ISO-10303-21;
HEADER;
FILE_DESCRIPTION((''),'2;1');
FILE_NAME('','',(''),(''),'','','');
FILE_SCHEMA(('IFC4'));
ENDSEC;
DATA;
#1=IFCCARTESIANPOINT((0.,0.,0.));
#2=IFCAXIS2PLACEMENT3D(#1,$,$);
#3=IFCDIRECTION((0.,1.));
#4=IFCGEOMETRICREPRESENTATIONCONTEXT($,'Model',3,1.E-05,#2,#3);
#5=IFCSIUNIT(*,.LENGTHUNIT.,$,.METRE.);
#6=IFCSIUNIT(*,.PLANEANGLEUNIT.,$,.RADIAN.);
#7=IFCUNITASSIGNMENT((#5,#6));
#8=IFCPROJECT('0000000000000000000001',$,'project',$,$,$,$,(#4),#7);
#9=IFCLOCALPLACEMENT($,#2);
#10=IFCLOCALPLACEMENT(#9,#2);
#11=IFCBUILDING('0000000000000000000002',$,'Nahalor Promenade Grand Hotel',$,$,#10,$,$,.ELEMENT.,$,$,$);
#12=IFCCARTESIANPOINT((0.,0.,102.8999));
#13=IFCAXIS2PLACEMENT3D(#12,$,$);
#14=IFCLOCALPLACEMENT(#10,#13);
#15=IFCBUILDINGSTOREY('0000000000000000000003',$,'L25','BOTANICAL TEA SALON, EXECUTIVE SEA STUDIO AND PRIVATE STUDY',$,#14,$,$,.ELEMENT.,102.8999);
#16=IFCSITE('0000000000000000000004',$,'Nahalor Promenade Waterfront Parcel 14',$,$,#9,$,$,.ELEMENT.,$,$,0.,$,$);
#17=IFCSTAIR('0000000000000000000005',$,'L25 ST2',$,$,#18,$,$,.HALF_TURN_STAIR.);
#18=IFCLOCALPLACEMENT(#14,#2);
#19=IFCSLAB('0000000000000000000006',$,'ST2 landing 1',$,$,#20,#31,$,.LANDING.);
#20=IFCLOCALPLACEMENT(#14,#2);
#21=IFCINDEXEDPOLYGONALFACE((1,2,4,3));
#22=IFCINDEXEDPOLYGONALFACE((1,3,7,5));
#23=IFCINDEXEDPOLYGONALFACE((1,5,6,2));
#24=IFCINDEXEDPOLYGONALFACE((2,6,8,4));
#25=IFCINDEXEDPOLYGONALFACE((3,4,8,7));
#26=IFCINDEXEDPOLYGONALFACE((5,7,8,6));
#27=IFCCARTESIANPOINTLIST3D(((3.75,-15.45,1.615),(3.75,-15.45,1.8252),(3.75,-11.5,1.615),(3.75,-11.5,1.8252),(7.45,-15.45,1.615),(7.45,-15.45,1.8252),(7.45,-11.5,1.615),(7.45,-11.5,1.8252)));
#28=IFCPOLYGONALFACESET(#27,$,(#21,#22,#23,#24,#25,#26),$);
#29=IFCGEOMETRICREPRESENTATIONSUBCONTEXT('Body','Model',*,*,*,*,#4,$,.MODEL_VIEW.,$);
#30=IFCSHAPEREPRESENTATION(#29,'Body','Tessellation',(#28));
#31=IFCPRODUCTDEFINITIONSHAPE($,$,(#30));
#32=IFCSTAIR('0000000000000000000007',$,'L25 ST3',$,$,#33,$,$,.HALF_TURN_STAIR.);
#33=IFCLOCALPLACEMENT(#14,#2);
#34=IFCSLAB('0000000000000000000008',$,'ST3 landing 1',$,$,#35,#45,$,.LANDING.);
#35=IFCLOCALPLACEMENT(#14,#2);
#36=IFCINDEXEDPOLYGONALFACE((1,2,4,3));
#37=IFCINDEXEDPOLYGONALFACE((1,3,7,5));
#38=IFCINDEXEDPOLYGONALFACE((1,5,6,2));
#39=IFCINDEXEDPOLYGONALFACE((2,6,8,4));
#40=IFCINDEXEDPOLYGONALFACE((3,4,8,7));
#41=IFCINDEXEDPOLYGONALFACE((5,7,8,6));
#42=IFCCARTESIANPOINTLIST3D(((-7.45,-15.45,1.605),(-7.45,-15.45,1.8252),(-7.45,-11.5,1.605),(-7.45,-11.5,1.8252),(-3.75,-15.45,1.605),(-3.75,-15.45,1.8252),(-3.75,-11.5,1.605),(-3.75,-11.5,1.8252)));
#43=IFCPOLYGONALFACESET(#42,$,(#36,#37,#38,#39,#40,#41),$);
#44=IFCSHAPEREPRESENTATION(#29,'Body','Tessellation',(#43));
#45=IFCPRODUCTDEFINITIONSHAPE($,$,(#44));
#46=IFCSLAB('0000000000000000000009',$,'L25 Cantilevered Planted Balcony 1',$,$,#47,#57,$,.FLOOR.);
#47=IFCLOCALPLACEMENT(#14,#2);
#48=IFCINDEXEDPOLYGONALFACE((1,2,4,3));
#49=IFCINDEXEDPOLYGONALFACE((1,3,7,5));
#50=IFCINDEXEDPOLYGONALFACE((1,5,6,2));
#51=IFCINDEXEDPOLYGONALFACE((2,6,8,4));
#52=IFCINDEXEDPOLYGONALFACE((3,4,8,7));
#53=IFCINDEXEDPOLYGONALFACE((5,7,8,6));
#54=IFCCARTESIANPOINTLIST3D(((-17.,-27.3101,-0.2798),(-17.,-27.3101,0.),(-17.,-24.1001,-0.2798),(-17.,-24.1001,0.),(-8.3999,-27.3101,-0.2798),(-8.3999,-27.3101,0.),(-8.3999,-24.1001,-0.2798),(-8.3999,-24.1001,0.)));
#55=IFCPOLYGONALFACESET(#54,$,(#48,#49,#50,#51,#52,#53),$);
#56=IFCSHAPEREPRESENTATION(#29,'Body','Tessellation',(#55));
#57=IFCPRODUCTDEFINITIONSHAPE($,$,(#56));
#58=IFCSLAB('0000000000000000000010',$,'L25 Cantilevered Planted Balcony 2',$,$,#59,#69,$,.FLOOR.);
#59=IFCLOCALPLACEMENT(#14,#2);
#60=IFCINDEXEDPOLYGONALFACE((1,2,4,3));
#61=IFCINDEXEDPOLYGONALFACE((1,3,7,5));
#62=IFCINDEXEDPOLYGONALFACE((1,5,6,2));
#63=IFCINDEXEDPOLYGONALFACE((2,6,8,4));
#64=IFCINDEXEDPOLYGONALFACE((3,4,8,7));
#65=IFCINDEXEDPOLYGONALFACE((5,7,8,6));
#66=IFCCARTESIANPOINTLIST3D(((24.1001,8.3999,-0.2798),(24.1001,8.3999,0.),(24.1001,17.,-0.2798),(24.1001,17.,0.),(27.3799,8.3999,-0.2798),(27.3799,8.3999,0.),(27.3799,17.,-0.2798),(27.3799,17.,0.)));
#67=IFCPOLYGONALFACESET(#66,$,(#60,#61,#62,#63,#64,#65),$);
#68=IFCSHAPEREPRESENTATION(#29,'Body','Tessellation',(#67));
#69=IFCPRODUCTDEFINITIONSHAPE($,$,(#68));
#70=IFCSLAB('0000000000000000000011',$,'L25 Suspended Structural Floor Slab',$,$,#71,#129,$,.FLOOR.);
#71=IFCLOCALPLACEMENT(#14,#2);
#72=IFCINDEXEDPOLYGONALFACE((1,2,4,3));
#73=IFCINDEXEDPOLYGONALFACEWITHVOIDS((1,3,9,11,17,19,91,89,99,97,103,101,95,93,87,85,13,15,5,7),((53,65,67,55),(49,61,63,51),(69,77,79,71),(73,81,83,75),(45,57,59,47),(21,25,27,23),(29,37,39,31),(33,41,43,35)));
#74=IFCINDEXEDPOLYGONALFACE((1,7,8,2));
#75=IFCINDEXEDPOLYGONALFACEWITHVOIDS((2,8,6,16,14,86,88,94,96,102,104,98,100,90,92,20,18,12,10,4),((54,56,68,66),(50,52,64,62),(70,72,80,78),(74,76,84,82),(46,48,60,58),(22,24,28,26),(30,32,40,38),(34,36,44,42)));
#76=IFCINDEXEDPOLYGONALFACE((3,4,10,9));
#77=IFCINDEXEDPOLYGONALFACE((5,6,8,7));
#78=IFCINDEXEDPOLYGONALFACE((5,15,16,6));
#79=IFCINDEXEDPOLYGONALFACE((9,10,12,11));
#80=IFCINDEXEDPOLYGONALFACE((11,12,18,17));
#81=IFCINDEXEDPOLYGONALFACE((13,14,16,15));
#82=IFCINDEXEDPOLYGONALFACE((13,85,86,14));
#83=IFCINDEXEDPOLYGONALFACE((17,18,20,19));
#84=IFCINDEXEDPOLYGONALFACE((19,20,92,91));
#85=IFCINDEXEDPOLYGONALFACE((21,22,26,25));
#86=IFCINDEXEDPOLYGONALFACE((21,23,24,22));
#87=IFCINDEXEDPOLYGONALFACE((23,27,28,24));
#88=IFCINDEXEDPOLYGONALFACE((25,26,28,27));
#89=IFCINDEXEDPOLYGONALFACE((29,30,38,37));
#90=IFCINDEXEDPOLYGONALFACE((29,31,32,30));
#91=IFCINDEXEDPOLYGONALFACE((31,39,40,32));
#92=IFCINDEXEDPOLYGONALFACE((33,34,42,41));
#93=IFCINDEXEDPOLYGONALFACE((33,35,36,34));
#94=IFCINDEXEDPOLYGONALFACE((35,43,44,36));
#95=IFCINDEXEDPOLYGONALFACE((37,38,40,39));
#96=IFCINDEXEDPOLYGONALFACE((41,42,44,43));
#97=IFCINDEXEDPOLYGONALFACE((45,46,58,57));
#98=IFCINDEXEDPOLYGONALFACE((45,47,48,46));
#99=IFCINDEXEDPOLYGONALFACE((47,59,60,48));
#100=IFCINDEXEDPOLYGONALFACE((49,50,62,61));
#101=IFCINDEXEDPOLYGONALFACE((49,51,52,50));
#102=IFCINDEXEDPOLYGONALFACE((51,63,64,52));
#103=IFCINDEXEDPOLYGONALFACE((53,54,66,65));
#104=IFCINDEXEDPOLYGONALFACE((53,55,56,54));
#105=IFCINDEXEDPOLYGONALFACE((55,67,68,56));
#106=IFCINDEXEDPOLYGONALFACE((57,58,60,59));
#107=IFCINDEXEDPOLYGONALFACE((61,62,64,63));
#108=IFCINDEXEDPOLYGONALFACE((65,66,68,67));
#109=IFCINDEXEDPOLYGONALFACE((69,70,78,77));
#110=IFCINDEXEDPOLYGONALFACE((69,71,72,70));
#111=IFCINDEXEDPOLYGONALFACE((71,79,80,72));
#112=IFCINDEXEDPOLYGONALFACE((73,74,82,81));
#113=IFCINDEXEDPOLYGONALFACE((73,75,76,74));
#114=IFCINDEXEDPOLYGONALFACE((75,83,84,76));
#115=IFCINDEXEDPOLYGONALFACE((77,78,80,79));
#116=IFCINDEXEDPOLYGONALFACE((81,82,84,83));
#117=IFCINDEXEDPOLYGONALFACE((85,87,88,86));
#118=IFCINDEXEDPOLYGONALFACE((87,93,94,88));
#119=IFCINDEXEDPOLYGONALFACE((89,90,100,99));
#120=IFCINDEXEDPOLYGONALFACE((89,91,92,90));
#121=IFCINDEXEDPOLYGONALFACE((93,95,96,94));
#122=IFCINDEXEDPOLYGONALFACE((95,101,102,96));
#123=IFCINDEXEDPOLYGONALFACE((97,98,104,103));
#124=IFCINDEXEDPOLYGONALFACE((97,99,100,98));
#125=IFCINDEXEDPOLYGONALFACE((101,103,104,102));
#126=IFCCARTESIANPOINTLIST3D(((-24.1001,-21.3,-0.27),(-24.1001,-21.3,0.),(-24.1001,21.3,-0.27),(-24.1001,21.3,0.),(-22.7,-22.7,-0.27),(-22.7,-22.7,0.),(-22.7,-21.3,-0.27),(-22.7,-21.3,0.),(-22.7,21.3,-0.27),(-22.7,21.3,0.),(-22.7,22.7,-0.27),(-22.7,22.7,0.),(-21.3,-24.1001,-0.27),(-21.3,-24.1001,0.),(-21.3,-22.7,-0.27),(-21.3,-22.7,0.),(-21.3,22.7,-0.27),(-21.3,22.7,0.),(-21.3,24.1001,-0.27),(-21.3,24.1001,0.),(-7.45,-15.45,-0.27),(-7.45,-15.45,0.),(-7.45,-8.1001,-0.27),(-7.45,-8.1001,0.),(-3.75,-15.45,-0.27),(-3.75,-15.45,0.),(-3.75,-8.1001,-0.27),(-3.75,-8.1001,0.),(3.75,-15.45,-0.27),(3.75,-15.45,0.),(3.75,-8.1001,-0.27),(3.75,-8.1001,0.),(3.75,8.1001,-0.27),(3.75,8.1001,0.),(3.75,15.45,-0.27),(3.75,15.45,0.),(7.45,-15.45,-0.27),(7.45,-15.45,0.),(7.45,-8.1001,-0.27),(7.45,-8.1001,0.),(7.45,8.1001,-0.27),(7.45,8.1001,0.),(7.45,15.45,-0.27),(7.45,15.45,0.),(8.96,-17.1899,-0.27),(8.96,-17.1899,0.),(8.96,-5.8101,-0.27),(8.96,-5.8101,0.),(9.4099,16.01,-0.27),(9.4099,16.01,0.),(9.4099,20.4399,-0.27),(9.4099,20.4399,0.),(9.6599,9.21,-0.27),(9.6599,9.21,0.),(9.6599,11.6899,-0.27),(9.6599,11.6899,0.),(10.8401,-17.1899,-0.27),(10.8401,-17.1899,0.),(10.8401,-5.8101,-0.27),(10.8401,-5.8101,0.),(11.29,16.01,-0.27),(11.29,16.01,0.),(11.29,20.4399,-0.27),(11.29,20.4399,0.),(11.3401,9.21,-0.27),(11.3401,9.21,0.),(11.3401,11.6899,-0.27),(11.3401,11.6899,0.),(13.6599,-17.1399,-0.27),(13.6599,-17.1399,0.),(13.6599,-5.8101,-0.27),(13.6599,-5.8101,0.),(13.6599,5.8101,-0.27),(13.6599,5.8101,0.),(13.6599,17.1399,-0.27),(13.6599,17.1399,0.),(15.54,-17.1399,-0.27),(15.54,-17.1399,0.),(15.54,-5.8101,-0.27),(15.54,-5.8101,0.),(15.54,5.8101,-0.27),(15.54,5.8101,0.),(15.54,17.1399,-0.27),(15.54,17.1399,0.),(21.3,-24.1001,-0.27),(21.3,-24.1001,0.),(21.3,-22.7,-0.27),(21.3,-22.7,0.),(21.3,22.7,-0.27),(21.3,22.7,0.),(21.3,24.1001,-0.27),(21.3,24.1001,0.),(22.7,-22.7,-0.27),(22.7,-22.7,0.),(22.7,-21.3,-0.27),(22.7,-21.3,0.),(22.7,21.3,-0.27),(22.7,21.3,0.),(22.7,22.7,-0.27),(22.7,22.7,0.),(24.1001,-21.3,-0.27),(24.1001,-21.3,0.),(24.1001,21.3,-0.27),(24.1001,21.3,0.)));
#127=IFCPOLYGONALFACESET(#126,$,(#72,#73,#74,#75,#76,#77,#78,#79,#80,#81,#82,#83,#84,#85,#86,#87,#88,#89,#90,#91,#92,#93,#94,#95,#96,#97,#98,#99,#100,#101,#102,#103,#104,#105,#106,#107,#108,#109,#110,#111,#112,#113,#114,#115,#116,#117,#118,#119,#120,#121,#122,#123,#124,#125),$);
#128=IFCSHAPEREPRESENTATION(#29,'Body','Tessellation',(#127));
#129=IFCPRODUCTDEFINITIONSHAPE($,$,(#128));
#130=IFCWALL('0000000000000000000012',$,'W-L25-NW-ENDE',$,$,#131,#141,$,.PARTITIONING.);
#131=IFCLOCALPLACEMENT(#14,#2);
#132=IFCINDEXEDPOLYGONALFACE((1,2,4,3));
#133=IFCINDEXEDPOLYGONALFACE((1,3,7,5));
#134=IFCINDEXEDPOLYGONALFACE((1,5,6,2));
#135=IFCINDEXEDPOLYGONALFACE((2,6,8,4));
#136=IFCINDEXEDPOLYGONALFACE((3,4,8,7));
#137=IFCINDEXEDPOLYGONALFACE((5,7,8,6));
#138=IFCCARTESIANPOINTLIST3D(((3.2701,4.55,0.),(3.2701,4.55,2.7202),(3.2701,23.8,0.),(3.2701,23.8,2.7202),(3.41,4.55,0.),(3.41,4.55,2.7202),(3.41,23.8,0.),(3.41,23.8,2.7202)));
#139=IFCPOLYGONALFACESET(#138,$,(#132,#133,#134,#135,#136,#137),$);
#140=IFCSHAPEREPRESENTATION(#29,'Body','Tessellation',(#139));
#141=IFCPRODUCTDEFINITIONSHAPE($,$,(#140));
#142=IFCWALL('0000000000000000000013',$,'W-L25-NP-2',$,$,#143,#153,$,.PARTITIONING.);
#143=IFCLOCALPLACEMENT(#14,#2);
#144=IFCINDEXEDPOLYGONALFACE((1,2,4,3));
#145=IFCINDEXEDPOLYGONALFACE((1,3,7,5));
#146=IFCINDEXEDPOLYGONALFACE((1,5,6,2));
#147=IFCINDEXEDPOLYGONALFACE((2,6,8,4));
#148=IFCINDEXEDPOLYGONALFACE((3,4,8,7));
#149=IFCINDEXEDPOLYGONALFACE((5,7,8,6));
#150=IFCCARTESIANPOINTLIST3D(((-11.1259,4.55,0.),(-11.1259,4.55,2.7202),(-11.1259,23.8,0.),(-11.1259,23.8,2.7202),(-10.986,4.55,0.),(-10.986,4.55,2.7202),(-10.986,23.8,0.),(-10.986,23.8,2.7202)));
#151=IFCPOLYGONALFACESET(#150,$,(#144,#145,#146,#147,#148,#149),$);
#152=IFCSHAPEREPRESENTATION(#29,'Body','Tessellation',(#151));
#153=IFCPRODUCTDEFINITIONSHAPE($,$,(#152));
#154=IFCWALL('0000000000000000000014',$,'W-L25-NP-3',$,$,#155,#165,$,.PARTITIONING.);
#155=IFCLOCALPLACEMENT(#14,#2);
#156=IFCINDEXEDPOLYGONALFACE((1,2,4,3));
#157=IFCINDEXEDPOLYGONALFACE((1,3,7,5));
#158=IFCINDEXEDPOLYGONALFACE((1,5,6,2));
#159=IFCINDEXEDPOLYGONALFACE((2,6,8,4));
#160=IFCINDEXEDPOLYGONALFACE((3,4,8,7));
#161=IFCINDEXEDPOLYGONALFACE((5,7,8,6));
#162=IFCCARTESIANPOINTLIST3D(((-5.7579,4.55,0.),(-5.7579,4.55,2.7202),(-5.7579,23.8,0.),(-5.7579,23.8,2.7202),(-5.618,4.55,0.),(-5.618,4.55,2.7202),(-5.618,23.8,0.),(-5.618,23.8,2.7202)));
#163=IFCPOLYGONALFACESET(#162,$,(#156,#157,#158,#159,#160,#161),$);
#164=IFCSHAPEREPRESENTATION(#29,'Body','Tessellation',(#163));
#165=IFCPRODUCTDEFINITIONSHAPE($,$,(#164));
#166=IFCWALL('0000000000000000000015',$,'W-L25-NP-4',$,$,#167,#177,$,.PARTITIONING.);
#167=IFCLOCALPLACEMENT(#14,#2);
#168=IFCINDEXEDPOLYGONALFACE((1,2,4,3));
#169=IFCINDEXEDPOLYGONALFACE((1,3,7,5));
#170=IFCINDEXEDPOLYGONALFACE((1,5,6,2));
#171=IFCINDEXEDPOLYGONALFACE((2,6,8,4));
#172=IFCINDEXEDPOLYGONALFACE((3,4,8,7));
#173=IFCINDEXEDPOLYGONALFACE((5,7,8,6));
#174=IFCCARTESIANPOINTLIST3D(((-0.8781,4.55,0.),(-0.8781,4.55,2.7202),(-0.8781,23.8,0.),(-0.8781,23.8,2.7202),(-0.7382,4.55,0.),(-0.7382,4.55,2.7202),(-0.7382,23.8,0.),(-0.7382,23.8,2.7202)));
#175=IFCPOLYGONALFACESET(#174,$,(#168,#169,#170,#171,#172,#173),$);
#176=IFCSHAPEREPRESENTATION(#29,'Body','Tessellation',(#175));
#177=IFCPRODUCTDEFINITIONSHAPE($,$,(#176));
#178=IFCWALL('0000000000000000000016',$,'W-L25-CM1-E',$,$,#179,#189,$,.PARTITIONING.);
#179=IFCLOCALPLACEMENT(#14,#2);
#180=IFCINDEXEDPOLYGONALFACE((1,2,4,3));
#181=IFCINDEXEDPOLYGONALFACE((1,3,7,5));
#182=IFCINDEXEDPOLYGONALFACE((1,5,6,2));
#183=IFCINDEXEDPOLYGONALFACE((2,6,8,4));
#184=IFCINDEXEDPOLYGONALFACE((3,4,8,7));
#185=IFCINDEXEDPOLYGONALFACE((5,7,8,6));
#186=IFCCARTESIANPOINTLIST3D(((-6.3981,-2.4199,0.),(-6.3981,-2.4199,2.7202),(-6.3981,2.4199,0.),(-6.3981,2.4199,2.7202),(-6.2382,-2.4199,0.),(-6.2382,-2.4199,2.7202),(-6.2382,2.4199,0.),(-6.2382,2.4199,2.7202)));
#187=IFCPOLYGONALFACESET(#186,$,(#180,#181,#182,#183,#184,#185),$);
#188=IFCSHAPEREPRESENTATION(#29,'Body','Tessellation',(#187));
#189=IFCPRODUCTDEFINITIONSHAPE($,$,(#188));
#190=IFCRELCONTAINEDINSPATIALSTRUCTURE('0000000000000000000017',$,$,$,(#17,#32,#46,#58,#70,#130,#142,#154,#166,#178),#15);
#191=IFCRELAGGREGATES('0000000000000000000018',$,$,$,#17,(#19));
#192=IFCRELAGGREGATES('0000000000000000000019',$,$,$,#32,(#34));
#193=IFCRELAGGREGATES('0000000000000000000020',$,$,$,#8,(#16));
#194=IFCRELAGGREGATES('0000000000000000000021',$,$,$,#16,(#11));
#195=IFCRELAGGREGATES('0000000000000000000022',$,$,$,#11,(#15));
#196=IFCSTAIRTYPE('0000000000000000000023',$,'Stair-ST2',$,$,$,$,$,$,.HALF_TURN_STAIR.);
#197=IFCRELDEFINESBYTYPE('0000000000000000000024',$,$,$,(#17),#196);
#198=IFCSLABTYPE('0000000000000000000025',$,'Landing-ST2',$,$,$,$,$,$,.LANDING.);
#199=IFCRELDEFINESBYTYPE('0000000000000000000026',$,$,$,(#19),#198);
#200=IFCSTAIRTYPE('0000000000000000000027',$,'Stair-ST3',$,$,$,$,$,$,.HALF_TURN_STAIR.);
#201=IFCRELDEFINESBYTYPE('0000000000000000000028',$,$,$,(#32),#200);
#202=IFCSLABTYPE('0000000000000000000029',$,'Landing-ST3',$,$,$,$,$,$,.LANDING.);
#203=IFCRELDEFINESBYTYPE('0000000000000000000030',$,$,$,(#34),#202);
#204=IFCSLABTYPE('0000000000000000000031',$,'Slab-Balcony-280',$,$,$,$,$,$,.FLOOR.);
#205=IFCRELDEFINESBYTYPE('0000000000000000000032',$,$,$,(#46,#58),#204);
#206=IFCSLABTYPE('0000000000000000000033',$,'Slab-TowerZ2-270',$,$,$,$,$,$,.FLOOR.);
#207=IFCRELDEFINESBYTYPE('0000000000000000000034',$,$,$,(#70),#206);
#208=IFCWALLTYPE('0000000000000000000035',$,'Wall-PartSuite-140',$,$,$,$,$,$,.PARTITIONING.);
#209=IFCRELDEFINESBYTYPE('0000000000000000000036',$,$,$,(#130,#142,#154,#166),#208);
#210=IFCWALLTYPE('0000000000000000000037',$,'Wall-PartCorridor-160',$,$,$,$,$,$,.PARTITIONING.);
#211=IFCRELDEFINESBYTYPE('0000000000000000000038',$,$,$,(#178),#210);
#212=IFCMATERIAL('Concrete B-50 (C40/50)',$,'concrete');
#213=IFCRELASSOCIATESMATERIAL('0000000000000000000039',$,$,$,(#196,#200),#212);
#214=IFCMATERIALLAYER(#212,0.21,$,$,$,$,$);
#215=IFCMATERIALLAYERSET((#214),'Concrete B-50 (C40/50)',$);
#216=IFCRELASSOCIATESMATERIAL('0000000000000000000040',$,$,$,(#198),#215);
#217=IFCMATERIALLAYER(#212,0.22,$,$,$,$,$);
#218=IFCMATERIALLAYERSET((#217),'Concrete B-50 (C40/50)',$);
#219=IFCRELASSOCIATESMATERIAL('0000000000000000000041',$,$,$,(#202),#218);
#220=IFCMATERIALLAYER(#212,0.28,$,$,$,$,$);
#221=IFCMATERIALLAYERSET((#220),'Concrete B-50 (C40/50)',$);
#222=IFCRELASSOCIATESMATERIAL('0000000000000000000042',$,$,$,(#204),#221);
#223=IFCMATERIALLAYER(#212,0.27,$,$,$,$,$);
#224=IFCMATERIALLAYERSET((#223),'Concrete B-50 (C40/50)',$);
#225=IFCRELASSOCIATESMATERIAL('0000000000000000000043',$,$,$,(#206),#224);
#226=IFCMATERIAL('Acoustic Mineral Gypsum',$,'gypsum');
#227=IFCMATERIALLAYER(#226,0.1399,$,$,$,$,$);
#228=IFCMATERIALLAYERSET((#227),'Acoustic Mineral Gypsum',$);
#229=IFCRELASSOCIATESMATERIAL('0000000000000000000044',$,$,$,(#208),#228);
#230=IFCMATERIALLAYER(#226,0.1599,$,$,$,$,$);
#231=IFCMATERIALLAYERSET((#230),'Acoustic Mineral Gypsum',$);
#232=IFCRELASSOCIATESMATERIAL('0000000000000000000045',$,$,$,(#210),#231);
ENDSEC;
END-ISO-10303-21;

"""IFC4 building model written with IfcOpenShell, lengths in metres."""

from ifc_helpers import new_model, si_unit, direction, frame, frame_2d, origin, place, context, subcontext, project, spatial, polyline, rectangle, outline, extrude, source, transform, mapped, material, layer, layer_set, type_object, element, aggregate, save


model = new_model("IFC4")

# Units and contexts
model_context = context("Model", 3, precision=1e-05, world=origin(), true_north=direction((0.0, 1.0)))
body_context = subcontext(model_context, "Body", "Model", "MODEL_VIEW")
ifc_project = project(units=[si_unit("LENGTHUNIT", "METRE"), si_unit("PLANEANGLEUNIT", "RADIAN")], contexts=[model_context])

# Site, building, storey
site_placement = place(None, origin())
site = spatial("IfcSite", under=ifc_project, at=site_placement, Name="Nahalor Promenade Waterfront Parcel 14", CompositionType="ELEMENT", RefElevation=0.0)
building_placement = place(site_placement, origin())
building = spatial("IfcBuilding", under=site, at=building_placement, Name="Nahalor Promenade Grand Hotel", CompositionType="ELEMENT")
storey_placement = place(building_placement, frame((0.0, 0.0, 102.8999)))
storey = spatial("IfcBuildingStorey", under=building, at=storey_placement, Name="L25", Description="BOTANICAL TEA SALON, EXECUTIVE SEA STUDIO AND PRIVATE STUDY", CompositionType="ELEMENT", Elevation=102.8999)

# Stairs, slabs
ifc_material_1 = material(Name="Concrete B-50 (C40/50)", Category="concrete")
stair_type_1 = type_object("IfcStairType", Name="Stair-ST2", PredefinedType="HALF_TURN_STAIR", material=ifc_material_1)
stair_1_placement = place(storey_placement, origin())
stair_1 = element("IfcStair", 1, at=stair_1_placement, inside=storey, type_object=stair_type_1, Name="L25 ST2", PredefinedType="HALF_TURN_STAIR")
ifc_layer_1 = layer(ifc_material_1, 0.21)
ifc_layer_set_1 = layer_set([ifc_layer_1], Name="Concrete B-50 (C40/50)")
slab_type_1 = type_object("IfcSlabType", Name="Landing-ST2", PredefinedType="LANDING", material=ifc_layer_set_1)
slab_1_placement = place(storey_placement, frame((0.0, 0.0, 1.615)))
slab_1 = element("IfcSlab", 2, at=slab_1_placement, type_object=slab_type_1, Name="ST2 landing 1", PredefinedType="LANDING", context=body_context, shape_type="SweptSolid", body=[
    extrude(outline(polyline([(3.75, -11.5), (3.75, -15.45), (7.45, -15.45), (7.45, -11.5), (3.75, -11.5)])), origin(), (0.0, 0.0, 1.0), 0.2102),
])
aggregate(stair_1, [slab_1])
stair_type_2 = type_object("IfcStairType", Name="Stair-ST3", PredefinedType="HALF_TURN_STAIR", material=ifc_material_1)
stair_2_placement = place(storey_placement, origin())
stair_2 = element("IfcStair", 3, at=stair_2_placement, inside=storey, type_object=stair_type_2, Name="L25 ST3", PredefinedType="HALF_TURN_STAIR")
ifc_layer_2 = layer(ifc_material_1, 0.22)
ifc_layer_set_2 = layer_set([ifc_layer_2], Name="Concrete B-50 (C40/50)")
slab_type_2 = type_object("IfcSlabType", Name="Landing-ST3", PredefinedType="LANDING", material=ifc_layer_set_2)
slab_2_placement = place(storey_placement, frame((0.0, 0.0, 1.605)))
slab_2 = element("IfcSlab", 4, at=slab_2_placement, type_object=slab_type_2, Name="ST3 landing 1", PredefinedType="LANDING", context=body_context, shape_type="SweptSolid", body=[
    extrude(outline(polyline([(-7.45, -11.5), (-7.45, -15.45), (-3.75, -15.45), (-3.75, -11.5), (-7.45, -11.5)])), origin(), (0.0, 0.0, 1.0), 0.2202),
])
aggregate(stair_2, [slab_2])

# Slabs
ifc_layer_3 = layer(ifc_material_1, 0.28)
ifc_layer_set_3 = layer_set([ifc_layer_3], Name="Concrete B-50 (C40/50)")
slab_type_3 = type_object("IfcSlabType", Name="Slab-Balcony-280", PredefinedType="FLOOR", material=ifc_layer_set_3)
slab_3_placement = place(storey_placement, frame((0.0, 0.0, -0.2798)))
element("IfcSlab", 5, at=slab_3_placement, inside=storey, type_object=slab_type_3, Name="L25 Cantilevered Planted Balcony 1", PredefinedType="FLOOR", context=body_context, shape_type="SweptSolid", body=[
    extrude(outline(polyline([(-17.0, -27.3101), (-8.3999, -27.3101), (-8.3999, -24.1001), (-17.0, -24.1001), (-17.0, -27.3101)])), origin(), (0.0, 0.0, 1.0), 0.2798),
])
slab_4_placement = place(storey_placement, frame((0.0, 0.0, -0.2798)))
element("IfcSlab", 6, at=slab_4_placement, inside=storey, type_object=slab_type_3, Name="L25 Cantilevered Planted Balcony 2", PredefinedType="FLOOR", context=body_context, shape_type="SweptSolid", body=[
    extrude(outline(polyline([(24.1001, 8.3999), (27.3799, 8.3999), (27.3799, 17.0), (24.1001, 17.0), (24.1001, 8.3999)])), origin(), (0.0, 0.0, 1.0), 0.2798),
])
ifc_layer_4 = layer(ifc_material_1, 0.27)
ifc_layer_set_4 = layer_set([ifc_layer_4], Name="Concrete B-50 (C40/50)")
slab_type_4 = type_object("IfcSlabType", Name="Slab-TowerZ2-270", PredefinedType="FLOOR", material=ifc_layer_set_4)
slab_5_placement = place(storey_placement, frame((0.0, 0.0, -0.27)))
element("IfcSlab", 7, at=slab_5_placement, inside=storey, type_object=slab_type_4, Name="L25 Suspended Structural Floor Slab", PredefinedType="FLOOR", context=body_context, shape_type="SweptSolid", body=[
    extrude(outline(polyline([(-21.3, -24.1001), (21.3, -24.1001), (21.3, -22.7), (22.7, -22.7), (22.7, -21.3), (24.1001, -21.3), (24.1001, 21.3), (22.7, 21.3), (22.7, 22.7), (21.3, 22.7), (21.3, 24.1001), (-21.3, 24.1001), (-21.3, 22.7), (-22.7, 22.7), (-22.7, 21.3), (-24.1001, 21.3), (-24.1001, -21.3), (-22.7, -21.3), (-22.7, -22.7), (-21.3, -22.7), (-21.3, -24.1001)]), holes=[polyline([(3.75, 8.1001), (7.45, 8.1001), (7.45, 15.45), (3.75, 15.45), (3.75, 8.1001)]), polyline([(3.75, -15.45), (7.45, -15.45), (7.45, -8.1001), (3.75, -8.1001), (3.75, -15.45)]), polyline([(-7.45, -15.45), (-3.75, -15.45), (-3.75, -8.1001), (-7.45, -8.1001), (-7.45, -15.45)]), polyline([(13.6599, 5.8101), (15.54, 5.8101), (15.54, 17.1399), (13.6599, 17.1399), (13.6599, 5.8101)]), polyline([(13.6599, -17.1399), (15.54, -17.1399), (15.54, -5.8101), (13.6599, -5.8101), (13.6599, -17.1399)]), polyline([(8.96, -17.1899), (10.8401, -17.1899), (10.8401, -5.8101), (8.96, -5.8101), (8.96, -17.1899)]), polyline([(9.4099, 16.01), (11.29, 16.01), (11.29, 20.4399), (9.4099, 20.4399), (9.4099, 16.01)]), polyline([(9.6599, 9.21), (11.3401, 9.21), (11.3401, 11.6899), (9.6599, 11.6899), (9.6599, 9.21)])]), origin(), (0.0, 0.0, 1.0), 0.27),
])

# Walls
ifc_material_2 = material(Name="Acoustic Mineral Gypsum", Category="gypsum")
ifc_layer_5 = layer(ifc_material_2, 0.1399)
ifc_layer_set_5 = layer_set([ifc_layer_5], Name="Acoustic Mineral Gypsum")
wall_type_1 = type_object("IfcWallType", Name="Wall-PartSuite-140", PredefinedType="PARTITIONING", material=ifc_layer_set_5)
shared_shape_1 = source(origin(), body_context, "Body", "SweptSolid", [
    extrude(rectangle(XDim=19.25, YDim=0.1399, at=frame_2d((9.625, 0.0))), origin(), (0.0, 0.0, 1.0), 2.7202),
])
for number, where, z_axis, x_axis, name in (
    (8, (3.3401, 4.55, 0.0), (0.0, 0.0, 1.0), (0.0, 1.0, 0.0), "W-L25-NW-ENDE"),
    (9, (-11.0559, 4.55, 0.0), (0.0, 0.0, 1.0), (0.0, 1.0, 0.0), "W-L25-NP-2"),
    (10, (-5.688, 4.55, 0.0), (0.0, 0.0, 1.0), (0.0, 1.0, 0.0), "W-L25-NP-3"),
    (11, (-0.8081, 4.55, 0.0), (0.0, 0.0, 1.0), (0.0, 1.0, 0.0), "W-L25-NP-4"),
):
    element("IfcWall", number, at=place(storey_placement, frame(where, z_axis=z_axis, x_axis=x_axis)), inside=storey, type_object=wall_type_1, Name=name, PredefinedType="PARTITIONING", context=body_context, shape_type="MappedRepresentation", body=[
        mapped(shared_shape_1, transform((0.0, 0.0, 0.0), scale=1.0)),
    ])
ifc_layer_6 = layer(ifc_material_2, 0.1599)
ifc_layer_set_6 = layer_set([ifc_layer_6], Name="Acoustic Mineral Gypsum")
wall_type_2 = type_object("IfcWallType", Name="Wall-PartCorridor-160", PredefinedType="PARTITIONING", material=ifc_layer_set_6)
shared_shape_2 = source(origin(), body_context, "Body", "SweptSolid", [
    extrude(rectangle(XDim=4.8398, YDim=0.1599, at=frame_2d((2.4199, 0.0))), origin(), (0.0, 0.0, 1.0), 2.7202),
])
for number, where, z_axis, x_axis, name in (
    (12, (-6.3181, -2.4199, 0.0), (0.0, 0.0, 1.0), (0.0, 1.0, 0.0), "W-L25-CM1-E"),
):
    element("IfcWall", number, at=place(storey_placement, frame(where, z_axis=z_axis, x_axis=x_axis)), inside=storey, type_object=wall_type_2, Name=name, PredefinedType="PARTITIONING", context=body_context, shape_type="MappedRepresentation", body=[
        mapped(shared_shape_2, transform((0.0, 0.0, 0.0), scale=1.0)),
    ])

save(model, "model.ifc")
